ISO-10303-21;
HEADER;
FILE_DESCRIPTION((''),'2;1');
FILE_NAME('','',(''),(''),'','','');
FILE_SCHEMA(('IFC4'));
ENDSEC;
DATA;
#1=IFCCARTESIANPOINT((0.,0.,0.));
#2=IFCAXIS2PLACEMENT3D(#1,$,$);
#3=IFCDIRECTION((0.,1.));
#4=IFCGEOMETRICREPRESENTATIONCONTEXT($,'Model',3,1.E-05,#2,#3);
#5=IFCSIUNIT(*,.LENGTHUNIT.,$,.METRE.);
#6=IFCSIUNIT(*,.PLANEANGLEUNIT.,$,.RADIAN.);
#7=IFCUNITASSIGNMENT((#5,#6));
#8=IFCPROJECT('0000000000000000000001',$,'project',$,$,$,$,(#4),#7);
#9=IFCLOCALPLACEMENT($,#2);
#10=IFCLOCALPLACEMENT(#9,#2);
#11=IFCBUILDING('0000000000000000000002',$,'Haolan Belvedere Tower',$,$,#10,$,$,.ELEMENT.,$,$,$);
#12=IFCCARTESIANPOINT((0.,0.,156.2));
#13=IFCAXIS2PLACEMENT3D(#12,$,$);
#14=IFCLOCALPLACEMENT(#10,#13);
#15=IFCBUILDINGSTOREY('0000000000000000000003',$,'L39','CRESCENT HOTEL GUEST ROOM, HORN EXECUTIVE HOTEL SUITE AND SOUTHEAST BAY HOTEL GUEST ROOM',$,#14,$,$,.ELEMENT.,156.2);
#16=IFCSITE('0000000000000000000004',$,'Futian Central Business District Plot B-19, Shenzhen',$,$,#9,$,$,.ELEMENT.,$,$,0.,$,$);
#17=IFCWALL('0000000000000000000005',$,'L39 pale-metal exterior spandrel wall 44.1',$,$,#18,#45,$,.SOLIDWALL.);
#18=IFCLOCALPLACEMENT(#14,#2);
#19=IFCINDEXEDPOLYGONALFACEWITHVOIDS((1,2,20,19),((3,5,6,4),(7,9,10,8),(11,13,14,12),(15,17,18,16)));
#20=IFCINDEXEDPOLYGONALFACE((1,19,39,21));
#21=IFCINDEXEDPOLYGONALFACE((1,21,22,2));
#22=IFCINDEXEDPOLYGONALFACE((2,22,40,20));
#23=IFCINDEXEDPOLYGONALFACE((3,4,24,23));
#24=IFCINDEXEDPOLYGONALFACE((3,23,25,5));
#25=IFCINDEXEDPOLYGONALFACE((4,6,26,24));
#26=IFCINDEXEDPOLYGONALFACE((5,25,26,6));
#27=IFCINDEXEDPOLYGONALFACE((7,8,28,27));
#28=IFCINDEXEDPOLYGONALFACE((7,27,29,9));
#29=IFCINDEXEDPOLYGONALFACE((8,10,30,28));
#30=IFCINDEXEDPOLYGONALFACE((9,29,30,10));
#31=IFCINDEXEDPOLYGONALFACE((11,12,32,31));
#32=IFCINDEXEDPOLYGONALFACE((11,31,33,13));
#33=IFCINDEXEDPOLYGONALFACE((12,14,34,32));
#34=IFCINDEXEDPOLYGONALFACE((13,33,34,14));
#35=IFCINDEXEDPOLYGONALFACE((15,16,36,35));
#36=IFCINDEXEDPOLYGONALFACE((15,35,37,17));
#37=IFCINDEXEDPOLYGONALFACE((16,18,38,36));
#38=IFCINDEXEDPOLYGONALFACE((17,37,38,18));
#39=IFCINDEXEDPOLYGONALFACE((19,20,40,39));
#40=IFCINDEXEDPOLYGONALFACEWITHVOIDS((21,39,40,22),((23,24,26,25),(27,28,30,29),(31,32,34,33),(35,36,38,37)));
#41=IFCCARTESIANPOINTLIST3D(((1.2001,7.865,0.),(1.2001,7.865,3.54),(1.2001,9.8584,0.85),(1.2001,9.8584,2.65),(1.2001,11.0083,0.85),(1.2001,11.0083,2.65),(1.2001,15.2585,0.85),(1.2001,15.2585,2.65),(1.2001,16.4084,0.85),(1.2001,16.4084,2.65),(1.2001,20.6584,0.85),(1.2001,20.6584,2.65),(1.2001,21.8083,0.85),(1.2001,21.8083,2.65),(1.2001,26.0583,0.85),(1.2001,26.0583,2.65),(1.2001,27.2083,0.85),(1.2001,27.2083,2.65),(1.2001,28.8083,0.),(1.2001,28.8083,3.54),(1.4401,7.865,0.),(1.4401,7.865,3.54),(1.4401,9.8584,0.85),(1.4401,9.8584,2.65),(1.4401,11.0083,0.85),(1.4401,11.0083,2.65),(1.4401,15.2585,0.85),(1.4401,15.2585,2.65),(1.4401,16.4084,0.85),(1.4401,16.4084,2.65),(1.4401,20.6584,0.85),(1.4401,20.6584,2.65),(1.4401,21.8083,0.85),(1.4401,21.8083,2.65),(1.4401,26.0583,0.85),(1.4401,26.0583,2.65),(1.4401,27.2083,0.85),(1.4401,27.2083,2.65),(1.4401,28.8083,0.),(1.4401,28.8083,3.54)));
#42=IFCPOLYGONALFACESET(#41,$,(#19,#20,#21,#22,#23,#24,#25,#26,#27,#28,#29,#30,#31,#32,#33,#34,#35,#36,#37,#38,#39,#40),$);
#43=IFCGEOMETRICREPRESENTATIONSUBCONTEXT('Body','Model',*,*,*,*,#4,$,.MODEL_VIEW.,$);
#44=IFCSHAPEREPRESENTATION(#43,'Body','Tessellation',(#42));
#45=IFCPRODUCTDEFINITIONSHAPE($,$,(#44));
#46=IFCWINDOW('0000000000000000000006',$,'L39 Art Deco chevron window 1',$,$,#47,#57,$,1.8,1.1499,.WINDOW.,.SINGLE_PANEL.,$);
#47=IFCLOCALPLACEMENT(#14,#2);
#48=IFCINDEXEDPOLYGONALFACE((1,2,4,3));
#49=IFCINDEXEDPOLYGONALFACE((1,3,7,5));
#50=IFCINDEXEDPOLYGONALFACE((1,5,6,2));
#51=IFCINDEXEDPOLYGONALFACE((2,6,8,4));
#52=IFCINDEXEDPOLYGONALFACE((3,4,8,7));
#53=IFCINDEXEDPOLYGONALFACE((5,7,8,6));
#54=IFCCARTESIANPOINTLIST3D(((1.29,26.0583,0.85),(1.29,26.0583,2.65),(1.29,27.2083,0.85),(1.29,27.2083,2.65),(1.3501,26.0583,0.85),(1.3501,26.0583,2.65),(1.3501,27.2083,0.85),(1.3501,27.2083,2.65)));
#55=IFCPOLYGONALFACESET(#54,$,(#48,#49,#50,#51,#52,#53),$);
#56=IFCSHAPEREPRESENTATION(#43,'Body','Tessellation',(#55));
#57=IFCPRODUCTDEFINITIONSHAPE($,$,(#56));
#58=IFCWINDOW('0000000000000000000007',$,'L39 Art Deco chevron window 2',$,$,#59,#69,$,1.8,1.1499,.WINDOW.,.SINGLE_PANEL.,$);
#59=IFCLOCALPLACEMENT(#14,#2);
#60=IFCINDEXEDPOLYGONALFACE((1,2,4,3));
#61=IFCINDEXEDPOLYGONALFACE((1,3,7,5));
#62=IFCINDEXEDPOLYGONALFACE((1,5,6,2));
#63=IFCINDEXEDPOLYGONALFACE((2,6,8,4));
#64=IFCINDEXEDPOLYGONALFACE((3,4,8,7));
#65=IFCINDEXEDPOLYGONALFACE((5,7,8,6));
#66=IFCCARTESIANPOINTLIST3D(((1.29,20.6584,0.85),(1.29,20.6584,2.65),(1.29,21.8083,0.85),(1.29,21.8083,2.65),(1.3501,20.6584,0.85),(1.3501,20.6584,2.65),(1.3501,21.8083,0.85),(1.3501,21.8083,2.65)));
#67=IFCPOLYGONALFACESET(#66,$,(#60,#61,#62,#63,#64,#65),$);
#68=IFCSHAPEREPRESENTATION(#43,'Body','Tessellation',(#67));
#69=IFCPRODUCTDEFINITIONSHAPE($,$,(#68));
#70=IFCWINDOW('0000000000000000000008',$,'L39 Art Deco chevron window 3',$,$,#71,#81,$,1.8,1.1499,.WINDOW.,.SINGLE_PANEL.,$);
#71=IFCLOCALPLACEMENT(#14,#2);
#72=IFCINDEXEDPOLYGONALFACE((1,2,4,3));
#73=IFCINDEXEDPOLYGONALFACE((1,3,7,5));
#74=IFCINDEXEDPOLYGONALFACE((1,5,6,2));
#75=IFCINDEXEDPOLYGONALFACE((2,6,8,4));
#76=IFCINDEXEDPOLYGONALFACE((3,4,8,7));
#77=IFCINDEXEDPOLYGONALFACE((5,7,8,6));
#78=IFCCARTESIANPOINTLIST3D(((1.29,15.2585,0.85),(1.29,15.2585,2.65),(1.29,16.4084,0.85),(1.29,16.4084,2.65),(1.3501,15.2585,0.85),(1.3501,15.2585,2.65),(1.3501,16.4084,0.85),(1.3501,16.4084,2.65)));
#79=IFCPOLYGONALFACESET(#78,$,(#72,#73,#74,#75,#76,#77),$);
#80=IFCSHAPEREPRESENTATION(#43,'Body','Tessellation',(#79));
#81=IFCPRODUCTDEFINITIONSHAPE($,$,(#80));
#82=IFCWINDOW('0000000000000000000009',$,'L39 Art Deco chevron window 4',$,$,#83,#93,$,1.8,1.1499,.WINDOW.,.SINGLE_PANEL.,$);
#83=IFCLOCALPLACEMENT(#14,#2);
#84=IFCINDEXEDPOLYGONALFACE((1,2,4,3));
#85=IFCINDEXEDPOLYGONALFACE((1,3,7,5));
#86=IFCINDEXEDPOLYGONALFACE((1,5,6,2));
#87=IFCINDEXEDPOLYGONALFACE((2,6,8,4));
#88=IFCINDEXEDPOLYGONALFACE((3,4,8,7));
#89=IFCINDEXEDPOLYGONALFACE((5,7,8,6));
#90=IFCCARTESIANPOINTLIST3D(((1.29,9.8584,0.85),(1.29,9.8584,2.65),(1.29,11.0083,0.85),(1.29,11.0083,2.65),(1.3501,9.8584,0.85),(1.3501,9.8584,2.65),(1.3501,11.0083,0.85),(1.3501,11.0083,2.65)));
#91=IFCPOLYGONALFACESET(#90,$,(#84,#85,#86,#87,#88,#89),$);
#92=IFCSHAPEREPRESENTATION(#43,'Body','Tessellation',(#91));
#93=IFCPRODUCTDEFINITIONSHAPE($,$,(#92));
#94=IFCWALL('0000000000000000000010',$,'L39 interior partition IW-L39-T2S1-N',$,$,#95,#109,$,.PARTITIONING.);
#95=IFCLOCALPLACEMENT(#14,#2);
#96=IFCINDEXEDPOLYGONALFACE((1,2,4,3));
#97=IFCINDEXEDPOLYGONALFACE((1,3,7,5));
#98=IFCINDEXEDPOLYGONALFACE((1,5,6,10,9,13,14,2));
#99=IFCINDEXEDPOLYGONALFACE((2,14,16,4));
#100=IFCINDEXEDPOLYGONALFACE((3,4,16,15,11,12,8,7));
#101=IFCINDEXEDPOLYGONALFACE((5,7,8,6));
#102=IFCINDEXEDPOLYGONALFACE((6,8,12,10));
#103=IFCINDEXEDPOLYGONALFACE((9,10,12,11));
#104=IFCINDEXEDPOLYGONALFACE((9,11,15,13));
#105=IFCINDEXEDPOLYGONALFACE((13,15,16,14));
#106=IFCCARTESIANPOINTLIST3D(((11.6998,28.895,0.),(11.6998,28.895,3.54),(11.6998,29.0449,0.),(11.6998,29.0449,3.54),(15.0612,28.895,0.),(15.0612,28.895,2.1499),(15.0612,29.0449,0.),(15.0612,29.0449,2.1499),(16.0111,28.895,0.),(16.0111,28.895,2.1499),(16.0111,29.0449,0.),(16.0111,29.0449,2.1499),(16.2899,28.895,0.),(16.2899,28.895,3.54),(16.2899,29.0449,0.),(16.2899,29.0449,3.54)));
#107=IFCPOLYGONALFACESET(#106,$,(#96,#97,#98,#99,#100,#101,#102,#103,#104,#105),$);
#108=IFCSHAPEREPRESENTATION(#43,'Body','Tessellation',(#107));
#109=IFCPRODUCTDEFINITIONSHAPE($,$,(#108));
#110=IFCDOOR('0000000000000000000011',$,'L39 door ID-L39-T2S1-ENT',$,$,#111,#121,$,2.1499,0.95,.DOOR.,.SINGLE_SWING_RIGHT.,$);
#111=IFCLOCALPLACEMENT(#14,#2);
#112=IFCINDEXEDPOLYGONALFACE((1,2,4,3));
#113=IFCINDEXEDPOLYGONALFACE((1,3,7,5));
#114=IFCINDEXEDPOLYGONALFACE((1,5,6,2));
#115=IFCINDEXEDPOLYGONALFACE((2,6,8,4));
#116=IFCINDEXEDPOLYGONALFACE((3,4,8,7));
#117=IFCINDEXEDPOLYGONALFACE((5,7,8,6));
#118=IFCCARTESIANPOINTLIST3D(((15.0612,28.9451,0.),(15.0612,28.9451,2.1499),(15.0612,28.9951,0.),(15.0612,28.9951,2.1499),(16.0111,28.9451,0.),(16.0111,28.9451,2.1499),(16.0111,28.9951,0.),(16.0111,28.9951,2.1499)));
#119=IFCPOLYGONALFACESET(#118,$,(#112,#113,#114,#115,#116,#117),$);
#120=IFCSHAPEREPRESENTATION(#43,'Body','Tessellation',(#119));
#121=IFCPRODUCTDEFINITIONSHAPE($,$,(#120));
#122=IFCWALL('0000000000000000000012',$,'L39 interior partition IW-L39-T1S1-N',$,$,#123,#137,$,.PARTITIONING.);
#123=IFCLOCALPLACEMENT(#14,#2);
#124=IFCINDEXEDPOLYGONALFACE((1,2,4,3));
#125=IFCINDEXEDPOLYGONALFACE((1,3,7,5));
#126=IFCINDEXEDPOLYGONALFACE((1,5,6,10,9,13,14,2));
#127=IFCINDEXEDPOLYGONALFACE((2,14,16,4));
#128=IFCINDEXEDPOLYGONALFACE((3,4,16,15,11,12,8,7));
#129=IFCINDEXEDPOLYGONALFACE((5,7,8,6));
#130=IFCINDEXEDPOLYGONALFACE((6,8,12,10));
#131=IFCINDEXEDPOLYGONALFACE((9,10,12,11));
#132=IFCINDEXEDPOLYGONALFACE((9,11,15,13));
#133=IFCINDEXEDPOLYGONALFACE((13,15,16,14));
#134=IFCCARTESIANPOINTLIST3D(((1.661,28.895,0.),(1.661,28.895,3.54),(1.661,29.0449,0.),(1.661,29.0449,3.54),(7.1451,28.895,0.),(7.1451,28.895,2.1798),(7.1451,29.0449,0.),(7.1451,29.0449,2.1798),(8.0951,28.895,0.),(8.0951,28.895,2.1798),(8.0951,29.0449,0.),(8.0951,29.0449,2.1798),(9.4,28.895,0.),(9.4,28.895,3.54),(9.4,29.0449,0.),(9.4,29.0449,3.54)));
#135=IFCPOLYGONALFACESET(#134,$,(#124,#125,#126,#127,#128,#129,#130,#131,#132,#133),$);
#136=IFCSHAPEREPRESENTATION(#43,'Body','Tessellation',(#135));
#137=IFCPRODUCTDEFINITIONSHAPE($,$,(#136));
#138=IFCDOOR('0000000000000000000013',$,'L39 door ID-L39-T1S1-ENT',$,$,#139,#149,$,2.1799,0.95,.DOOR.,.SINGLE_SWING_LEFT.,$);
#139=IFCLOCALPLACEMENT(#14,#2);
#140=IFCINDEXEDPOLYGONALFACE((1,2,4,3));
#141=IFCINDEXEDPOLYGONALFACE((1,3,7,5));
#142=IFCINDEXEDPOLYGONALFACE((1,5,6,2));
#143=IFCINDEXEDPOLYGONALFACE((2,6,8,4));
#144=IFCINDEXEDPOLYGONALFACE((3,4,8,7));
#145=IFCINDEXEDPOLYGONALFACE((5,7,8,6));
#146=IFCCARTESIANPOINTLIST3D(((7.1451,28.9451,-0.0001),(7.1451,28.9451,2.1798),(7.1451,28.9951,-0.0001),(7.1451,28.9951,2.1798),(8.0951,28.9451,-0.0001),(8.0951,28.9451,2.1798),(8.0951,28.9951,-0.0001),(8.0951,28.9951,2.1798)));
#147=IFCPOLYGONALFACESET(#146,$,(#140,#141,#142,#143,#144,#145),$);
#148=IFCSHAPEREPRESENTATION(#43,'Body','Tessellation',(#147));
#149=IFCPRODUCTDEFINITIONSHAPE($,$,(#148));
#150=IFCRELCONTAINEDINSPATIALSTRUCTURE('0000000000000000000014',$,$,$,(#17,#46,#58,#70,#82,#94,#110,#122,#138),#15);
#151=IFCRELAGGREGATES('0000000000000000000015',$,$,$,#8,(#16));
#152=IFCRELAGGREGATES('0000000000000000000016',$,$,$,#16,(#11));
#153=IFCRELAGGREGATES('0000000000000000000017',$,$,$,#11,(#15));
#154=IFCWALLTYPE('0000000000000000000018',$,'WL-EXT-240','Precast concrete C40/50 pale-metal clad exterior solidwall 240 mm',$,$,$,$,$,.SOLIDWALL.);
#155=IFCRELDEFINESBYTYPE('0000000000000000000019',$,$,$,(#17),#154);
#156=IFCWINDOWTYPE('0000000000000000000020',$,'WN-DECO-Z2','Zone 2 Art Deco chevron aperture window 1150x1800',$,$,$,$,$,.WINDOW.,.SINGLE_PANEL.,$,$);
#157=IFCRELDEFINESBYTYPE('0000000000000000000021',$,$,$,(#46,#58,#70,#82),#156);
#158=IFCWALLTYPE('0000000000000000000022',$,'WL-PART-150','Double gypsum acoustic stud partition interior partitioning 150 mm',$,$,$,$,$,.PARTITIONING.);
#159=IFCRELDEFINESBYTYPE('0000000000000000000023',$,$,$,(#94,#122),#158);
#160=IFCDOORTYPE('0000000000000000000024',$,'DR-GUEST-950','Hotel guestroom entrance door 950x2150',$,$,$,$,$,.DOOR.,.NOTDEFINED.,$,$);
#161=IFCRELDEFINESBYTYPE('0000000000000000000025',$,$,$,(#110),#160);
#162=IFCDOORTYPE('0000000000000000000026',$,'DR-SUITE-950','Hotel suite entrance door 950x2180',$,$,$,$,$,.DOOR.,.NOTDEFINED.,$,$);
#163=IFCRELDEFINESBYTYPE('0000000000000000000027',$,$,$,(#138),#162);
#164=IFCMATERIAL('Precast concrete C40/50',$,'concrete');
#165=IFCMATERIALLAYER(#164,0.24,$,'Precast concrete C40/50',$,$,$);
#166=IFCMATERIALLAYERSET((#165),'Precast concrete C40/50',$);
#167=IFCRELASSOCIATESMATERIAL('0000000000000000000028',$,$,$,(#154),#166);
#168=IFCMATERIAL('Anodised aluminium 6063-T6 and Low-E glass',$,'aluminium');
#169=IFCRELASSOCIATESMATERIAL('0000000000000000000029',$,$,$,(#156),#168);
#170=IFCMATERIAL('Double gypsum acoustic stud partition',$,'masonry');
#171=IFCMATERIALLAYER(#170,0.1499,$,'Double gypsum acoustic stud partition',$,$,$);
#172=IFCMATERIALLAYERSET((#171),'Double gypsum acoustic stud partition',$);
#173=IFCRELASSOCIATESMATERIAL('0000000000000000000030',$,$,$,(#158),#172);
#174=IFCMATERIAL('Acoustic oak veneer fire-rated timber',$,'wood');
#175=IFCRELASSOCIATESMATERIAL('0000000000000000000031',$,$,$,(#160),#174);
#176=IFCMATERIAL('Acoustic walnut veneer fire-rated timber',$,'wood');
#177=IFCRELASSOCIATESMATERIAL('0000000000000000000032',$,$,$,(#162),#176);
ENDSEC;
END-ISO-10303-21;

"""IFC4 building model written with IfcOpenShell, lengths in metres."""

from ifc_helpers import new_model, si_unit, direction, frame, frame_2d, origin, place, context, subcontext, project, spatial, rectangle, extrude, material, layer, layer_set, type_object, element, fill, save


model = new_model("IFC4")

# Units and contexts
model_context = context("Model", 3, precision=1e-05, world=origin(), true_north=direction((0.0, 1.0)))
body_context = subcontext(model_context, "Body", "Model", "MODEL_VIEW")
ifc_project = project(units=[si_unit("LENGTHUNIT", "METRE"), si_unit("PLANEANGLEUNIT", "RADIAN")], contexts=[model_context])

# Site, building, storey
site_placement = place(None, origin())
site = spatial("IfcSite", under=ifc_project, at=site_placement, Name="Futian Central Business District Plot B-19, Shenzhen", CompositionType="ELEMENT", RefElevation=0.0)
building_placement = place(site_placement, origin())
building = spatial("IfcBuilding", under=site, at=building_placement, Name="Haolan Belvedere Tower", CompositionType="ELEMENT")
storey_placement = place(building_placement, frame((0.0, 0.0, 156.2)))
storey = spatial("IfcBuildingStorey", under=building, at=storey_placement, Name="L39", Description="CRESCENT HOTEL GUEST ROOM, HORN EXECUTIVE HOTEL SUITE AND SOUTHEAST BAY HOTEL GUEST ROOM", CompositionType="ELEMENT", Elevation=156.2)

# Wall, openings, windows
ifc_material_1 = material(Name="Precast concrete C40/50", Category="concrete")
ifc_layer_1 = layer(ifc_material_1, 0.24, Name="Precast concrete C40/50")
ifc_layer_set_1 = layer_set([ifc_layer_1], Name="Precast concrete C40/50")
wall_type_1 = type_object("IfcWallType", Name="WL-EXT-240", Description="Precast concrete C40/50 pale-metal clad exterior solidwall 240 mm", PredefinedType="SOLIDWALL", material=ifc_layer_set_1)
wall_1_placement = place(storey_placement, frame((1.3201, 28.8083, 0.0), z_axis=(0.0, 0.0, 1.0), x_axis=(0.0, -1.0, 0.0)))
wall_1 = element("IfcWall", 1, at=wall_1_placement, inside=storey, type_object=wall_type_1, Name="L39 pale-metal exterior spandrel wall 44.1", PredefinedType="SOLIDWALL", context=body_context, shape_type="SweptSolid", body=[
    extrude(rectangle(XDim=20.9434, YDim=0.24, at=frame_2d((10.4717, 0.0))), origin(), (0.0, 0.0, 1.0), 3.54),
])
opening_1_placement = place(wall_1_placement, frame((1.6001, 0.0, 0.8501)))
opening_1 = element("IfcOpeningElement", 2, at=opening_1_placement, cuts=wall_1, PredefinedType="OPENING", context=body_context, shape_type="SweptSolid", body=[
    extrude(rectangle(XDim=1.1499, YDim=1.8, at=frame_2d((0.575, 0.8999))), frame((0.0, 0.1299, 0.0), z_axis=(0.0, -1.0, 0.0), x_axis=(1.0, 0.0, 0.0)), (0.0, 0.0, 1.0), 0.26),
])
opening_2_placement = place(wall_1_placement, frame((7.0, 0.0, 0.8501)))
opening_2 = element("IfcOpeningElement", 3, at=opening_2_placement, cuts=wall_1, PredefinedType="OPENING", context=body_context, shape_type="SweptSolid", body=[
    extrude(rectangle(XDim=1.1499, YDim=1.8, at=frame_2d((0.575, 0.8999))), frame((0.0, 0.1299, 0.0), z_axis=(0.0, -1.0, 0.0), x_axis=(1.0, 0.0, 0.0)), (0.0, 0.0, 1.0), 0.26),
])
opening_3_placement = place(wall_1_placement, frame((12.3999, 0.0, 0.8501)))
opening_3 = element("IfcOpeningElement", 4, at=opening_3_placement, cuts=wall_1, PredefinedType="OPENING", context=body_context, shape_type="SweptSolid", body=[
    extrude(rectangle(XDim=1.1499, YDim=1.8, at=frame_2d((0.575, 0.8999))), frame((0.0, 0.1299, 0.0), z_axis=(0.0, -1.0, 0.0), x_axis=(1.0, 0.0, 0.0)), (0.0, 0.0, 1.0), 0.26),
])
opening_4_placement = place(wall_1_placement, frame((17.8, 0.0, 0.8501)))
opening_4 = element("IfcOpeningElement", 5, at=opening_4_placement, cuts=wall_1, PredefinedType="OPENING", context=body_context, shape_type="SweptSolid", body=[
    extrude(rectangle(XDim=1.1499, YDim=1.8, at=frame_2d((0.575, 0.8999))), frame((0.0, 0.1299, 0.0), z_axis=(0.0, -1.0, 0.0), x_axis=(1.0, 0.0, 0.0)), (0.0, 0.0, 1.0), 0.26),
])
ifc_material_2 = material(Name="Anodised aluminium 6063-T6 and Low-E glass", Category="aluminium")
window_type = type_object("IfcWindowType", Name="WN-DECO-Z2", Description="Zone 2 Art Deco chevron aperture window 1150x1800", PartitioningType="SINGLE_PANEL", PredefinedType="WINDOW", material=ifc_material_2)
window_1_placement = place(opening_1_placement, origin())
window_1 = element("IfcWindow", 6, at=window_1_placement, inside=storey, type_object=window_type, Name="L39 Art Deco chevron window 1", OverallHeight=1.8, OverallWidth=1.1499, PartitioningType="SINGLE_PANEL", PredefinedType="WINDOW", context=body_context, shape_type="SweptSolid", body=[
    extrude(rectangle(XDim=1.1499, YDim=1.8, at=frame_2d((0.575, 0.8999))), frame((0.0, 0.03, 0.0), z_axis=(0.0, -1.0, 0.0), x_axis=(1.0, 0.0, 0.0)), (0.0, 0.0, 1.0), 0.0601),
])
fill(opening_1, window_1)
window_2_placement = place(opening_2_placement, origin())
window_2 = element("IfcWindow", 7, at=window_2_placement, inside=storey, type_object=window_type, Name="L39 Art Deco chevron window 2", OverallHeight=1.8, OverallWidth=1.1499, PartitioningType="SINGLE_PANEL", PredefinedType="WINDOW", context=body_context, shape_type="SweptSolid", body=[
    extrude(rectangle(XDim=1.1499, YDim=1.8, at=frame_2d((0.575, 0.8999))), frame((0.0, 0.03, 0.0), z_axis=(0.0, -1.0, 0.0), x_axis=(1.0, 0.0, 0.0)), (0.0, 0.0, 1.0), 0.0601),
])
fill(opening_2, window_2)
window_3_placement = place(opening_3_placement, origin())
window_3 = element("IfcWindow", 8, at=window_3_placement, inside=storey, type_object=window_type, Name="L39 Art Deco chevron window 3", OverallHeight=1.8, OverallWidth=1.1499, PartitioningType="SINGLE_PANEL", PredefinedType="WINDOW", context=body_context, shape_type="SweptSolid", body=[
    extrude(rectangle(XDim=1.1499, YDim=1.8, at=frame_2d((0.575, 0.8999))), frame((0.0, 0.03, 0.0), z_axis=(0.0, -1.0, 0.0), x_axis=(1.0, 0.0, 0.0)), (0.0, 0.0, 1.0), 0.0601),
])
fill(opening_3, window_3)
window_4_placement = place(opening_4_placement, origin())
window_4 = element("IfcWindow", 9, at=window_4_placement, inside=storey, type_object=window_type, Name="L39 Art Deco chevron window 4", OverallHeight=1.8, OverallWidth=1.1499, PartitioningType="SINGLE_PANEL", PredefinedType="WINDOW", context=body_context, shape_type="SweptSolid", body=[
    extrude(rectangle(XDim=1.1499, YDim=1.8, at=frame_2d((0.575, 0.8999))), frame((0.0, 0.03, 0.0), z_axis=(0.0, -1.0, 0.0), x_axis=(1.0, 0.0, 0.0)), (0.0, 0.0, 1.0), 0.0601),
])
fill(opening_4, window_4)

# Walls, openings, doors
ifc_material_3 = material(Name="Double gypsum acoustic stud partition", Category="masonry")
ifc_layer_2 = layer(ifc_material_3, 0.1499, Name="Double gypsum acoustic stud partition")
ifc_layer_set_2 = layer_set([ifc_layer_2], Name="Double gypsum acoustic stud partition")
wall_type_2 = type_object("IfcWallType", Name="WL-PART-150", Description="Double gypsum acoustic stud partition interior partitioning 150 mm", PredefinedType="PARTITIONING", material=ifc_layer_set_2)
wall_2_placement = place(storey_placement, frame((11.7, 28.97, 0.0), z_axis=(0.0, 0.0, 1.0), x_axis=(1.0, 0.0, 0.0)))
wall_2 = element("IfcWall", 10, at=wall_2_placement, inside=storey, type_object=wall_type_2, Name="L39 interior partition IW-L39-T2S1-N", PredefinedType="PARTITIONING", context=body_context, shape_type="SweptSolid", body=[
    extrude(rectangle(XDim=4.5901, YDim=0.1499, at=frame_2d((2.2949, 0.0))), origin(), (0.0, 0.0, 1.0), 3.54),
])
opening_5_placement = place(wall_2_placement, frame((4.3113, 0.0, 0.0), z_axis=(0.0, 0.0, 1.0), x_axis=(-1.0, 0.0, 0.0)))
opening_5 = element("IfcOpeningElement", 11, at=opening_5_placement, cuts=wall_2, PredefinedType="OPENING", context=body_context, shape_type="SweptSolid", body=[
    extrude(rectangle(XDim=0.95, YDim=2.1499, at=frame_2d((0.4751, 1.075))), frame((0.0, 0.085, 0.0), z_axis=(0.0, -1.0, 0.0), x_axis=(1.0, 0.0, 0.0)), (0.0, 0.0, 1.0), 0.1699),
])
ifc_material_4 = material(Name="Acoustic oak veneer fire-rated timber", Category="wood")
door_type_1 = type_object("IfcDoorType", Name="DR-GUEST-950", Description="Hotel guestroom entrance door 950x2150", OperationType="NOTDEFINED", PredefinedType="DOOR", material=ifc_material_4)
door_1_placement = place(opening_5_placement, origin())
door_1 = element("IfcDoor", 12, at=door_1_placement, inside=storey, type_object=door_type_1, Name="L39 door ID-L39-T2S1-ENT", OperationType="SINGLE_SWING_RIGHT", OverallHeight=2.1499, OverallWidth=0.95, PredefinedType="DOOR", context=body_context, shape_type="SweptSolid", body=[
    extrude(rectangle(XDim=0.95, YDim=2.1499, at=frame_2d((0.4751, 1.075))), frame((0.0, 0.0249, 0.0), z_axis=(0.0, -1.0, 0.0), x_axis=(1.0, 0.0, 0.0)), (0.0, 0.0, 1.0), 0.05),
])
fill(opening_5, door_1)
wall_3_placement = place(storey_placement, frame((1.6609, 28.97, 0.0), z_axis=(0.0, 0.0, 1.0), x_axis=(1.0, 0.0, 0.0)))
wall_3 = element("IfcWall", 13, at=wall_3_placement, inside=storey, type_object=wall_type_2, Name="L39 interior partition IW-L39-T1S1-N", PredefinedType="PARTITIONING", context=body_context, shape_type="SweptSolid", body=[
    extrude(rectangle(XDim=7.739, YDim=0.1499, at=frame_2d((3.8696, 0.0))), origin(), (0.0, 0.0, 1.0), 3.54),
])
opening_6_placement = place(wall_3_placement, frame((6.4343, 0.0, 0.0), z_axis=(0.0, 0.0, 1.0), x_axis=(-1.0, 0.0, 0.0)))
opening_6 = element("IfcOpeningElement", 14, at=opening_6_placement, cuts=wall_3, PredefinedType="OPENING", context=body_context, shape_type="SweptSolid", body=[
    extrude(rectangle(XDim=0.95, YDim=2.1799, at=frame_2d((0.4751, 1.0898))), frame((0.0, 0.085, 0.0), z_axis=(0.0, -1.0, 0.0), x_axis=(1.0, 0.0, 0.0)), (0.0, 0.0, 1.0), 0.1699),
])
ifc_material_5 = material(Name="Acoustic walnut veneer fire-rated timber", Category="wood")
door_type_2 = type_object("IfcDoorType", Name="DR-SUITE-950", Description="Hotel suite entrance door 950x2180", OperationType="NOTDEFINED", PredefinedType="DOOR", material=ifc_material_5)
door_2_placement = place(opening_6_placement, origin())
door_2 = element("IfcDoor", 15, at=door_2_placement, inside=storey, type_object=door_type_2, Name="L39 door ID-L39-T1S1-ENT", OperationType="SINGLE_SWING_LEFT", OverallHeight=2.1799, OverallWidth=0.95, PredefinedType="DOOR", context=body_context, shape_type="SweptSolid", body=[
    extrude(rectangle(XDim=0.95, YDim=2.1799, at=frame_2d((0.4751, 1.0898))), frame((0.0, 0.0249, 0.0), z_axis=(0.0, -1.0, 0.0), x_axis=(1.0, 0.0, 0.0)), (0.0, 0.0, 1.0), 0.05),
])
fill(opening_6, door_2)

save(model, "model.ifc")
